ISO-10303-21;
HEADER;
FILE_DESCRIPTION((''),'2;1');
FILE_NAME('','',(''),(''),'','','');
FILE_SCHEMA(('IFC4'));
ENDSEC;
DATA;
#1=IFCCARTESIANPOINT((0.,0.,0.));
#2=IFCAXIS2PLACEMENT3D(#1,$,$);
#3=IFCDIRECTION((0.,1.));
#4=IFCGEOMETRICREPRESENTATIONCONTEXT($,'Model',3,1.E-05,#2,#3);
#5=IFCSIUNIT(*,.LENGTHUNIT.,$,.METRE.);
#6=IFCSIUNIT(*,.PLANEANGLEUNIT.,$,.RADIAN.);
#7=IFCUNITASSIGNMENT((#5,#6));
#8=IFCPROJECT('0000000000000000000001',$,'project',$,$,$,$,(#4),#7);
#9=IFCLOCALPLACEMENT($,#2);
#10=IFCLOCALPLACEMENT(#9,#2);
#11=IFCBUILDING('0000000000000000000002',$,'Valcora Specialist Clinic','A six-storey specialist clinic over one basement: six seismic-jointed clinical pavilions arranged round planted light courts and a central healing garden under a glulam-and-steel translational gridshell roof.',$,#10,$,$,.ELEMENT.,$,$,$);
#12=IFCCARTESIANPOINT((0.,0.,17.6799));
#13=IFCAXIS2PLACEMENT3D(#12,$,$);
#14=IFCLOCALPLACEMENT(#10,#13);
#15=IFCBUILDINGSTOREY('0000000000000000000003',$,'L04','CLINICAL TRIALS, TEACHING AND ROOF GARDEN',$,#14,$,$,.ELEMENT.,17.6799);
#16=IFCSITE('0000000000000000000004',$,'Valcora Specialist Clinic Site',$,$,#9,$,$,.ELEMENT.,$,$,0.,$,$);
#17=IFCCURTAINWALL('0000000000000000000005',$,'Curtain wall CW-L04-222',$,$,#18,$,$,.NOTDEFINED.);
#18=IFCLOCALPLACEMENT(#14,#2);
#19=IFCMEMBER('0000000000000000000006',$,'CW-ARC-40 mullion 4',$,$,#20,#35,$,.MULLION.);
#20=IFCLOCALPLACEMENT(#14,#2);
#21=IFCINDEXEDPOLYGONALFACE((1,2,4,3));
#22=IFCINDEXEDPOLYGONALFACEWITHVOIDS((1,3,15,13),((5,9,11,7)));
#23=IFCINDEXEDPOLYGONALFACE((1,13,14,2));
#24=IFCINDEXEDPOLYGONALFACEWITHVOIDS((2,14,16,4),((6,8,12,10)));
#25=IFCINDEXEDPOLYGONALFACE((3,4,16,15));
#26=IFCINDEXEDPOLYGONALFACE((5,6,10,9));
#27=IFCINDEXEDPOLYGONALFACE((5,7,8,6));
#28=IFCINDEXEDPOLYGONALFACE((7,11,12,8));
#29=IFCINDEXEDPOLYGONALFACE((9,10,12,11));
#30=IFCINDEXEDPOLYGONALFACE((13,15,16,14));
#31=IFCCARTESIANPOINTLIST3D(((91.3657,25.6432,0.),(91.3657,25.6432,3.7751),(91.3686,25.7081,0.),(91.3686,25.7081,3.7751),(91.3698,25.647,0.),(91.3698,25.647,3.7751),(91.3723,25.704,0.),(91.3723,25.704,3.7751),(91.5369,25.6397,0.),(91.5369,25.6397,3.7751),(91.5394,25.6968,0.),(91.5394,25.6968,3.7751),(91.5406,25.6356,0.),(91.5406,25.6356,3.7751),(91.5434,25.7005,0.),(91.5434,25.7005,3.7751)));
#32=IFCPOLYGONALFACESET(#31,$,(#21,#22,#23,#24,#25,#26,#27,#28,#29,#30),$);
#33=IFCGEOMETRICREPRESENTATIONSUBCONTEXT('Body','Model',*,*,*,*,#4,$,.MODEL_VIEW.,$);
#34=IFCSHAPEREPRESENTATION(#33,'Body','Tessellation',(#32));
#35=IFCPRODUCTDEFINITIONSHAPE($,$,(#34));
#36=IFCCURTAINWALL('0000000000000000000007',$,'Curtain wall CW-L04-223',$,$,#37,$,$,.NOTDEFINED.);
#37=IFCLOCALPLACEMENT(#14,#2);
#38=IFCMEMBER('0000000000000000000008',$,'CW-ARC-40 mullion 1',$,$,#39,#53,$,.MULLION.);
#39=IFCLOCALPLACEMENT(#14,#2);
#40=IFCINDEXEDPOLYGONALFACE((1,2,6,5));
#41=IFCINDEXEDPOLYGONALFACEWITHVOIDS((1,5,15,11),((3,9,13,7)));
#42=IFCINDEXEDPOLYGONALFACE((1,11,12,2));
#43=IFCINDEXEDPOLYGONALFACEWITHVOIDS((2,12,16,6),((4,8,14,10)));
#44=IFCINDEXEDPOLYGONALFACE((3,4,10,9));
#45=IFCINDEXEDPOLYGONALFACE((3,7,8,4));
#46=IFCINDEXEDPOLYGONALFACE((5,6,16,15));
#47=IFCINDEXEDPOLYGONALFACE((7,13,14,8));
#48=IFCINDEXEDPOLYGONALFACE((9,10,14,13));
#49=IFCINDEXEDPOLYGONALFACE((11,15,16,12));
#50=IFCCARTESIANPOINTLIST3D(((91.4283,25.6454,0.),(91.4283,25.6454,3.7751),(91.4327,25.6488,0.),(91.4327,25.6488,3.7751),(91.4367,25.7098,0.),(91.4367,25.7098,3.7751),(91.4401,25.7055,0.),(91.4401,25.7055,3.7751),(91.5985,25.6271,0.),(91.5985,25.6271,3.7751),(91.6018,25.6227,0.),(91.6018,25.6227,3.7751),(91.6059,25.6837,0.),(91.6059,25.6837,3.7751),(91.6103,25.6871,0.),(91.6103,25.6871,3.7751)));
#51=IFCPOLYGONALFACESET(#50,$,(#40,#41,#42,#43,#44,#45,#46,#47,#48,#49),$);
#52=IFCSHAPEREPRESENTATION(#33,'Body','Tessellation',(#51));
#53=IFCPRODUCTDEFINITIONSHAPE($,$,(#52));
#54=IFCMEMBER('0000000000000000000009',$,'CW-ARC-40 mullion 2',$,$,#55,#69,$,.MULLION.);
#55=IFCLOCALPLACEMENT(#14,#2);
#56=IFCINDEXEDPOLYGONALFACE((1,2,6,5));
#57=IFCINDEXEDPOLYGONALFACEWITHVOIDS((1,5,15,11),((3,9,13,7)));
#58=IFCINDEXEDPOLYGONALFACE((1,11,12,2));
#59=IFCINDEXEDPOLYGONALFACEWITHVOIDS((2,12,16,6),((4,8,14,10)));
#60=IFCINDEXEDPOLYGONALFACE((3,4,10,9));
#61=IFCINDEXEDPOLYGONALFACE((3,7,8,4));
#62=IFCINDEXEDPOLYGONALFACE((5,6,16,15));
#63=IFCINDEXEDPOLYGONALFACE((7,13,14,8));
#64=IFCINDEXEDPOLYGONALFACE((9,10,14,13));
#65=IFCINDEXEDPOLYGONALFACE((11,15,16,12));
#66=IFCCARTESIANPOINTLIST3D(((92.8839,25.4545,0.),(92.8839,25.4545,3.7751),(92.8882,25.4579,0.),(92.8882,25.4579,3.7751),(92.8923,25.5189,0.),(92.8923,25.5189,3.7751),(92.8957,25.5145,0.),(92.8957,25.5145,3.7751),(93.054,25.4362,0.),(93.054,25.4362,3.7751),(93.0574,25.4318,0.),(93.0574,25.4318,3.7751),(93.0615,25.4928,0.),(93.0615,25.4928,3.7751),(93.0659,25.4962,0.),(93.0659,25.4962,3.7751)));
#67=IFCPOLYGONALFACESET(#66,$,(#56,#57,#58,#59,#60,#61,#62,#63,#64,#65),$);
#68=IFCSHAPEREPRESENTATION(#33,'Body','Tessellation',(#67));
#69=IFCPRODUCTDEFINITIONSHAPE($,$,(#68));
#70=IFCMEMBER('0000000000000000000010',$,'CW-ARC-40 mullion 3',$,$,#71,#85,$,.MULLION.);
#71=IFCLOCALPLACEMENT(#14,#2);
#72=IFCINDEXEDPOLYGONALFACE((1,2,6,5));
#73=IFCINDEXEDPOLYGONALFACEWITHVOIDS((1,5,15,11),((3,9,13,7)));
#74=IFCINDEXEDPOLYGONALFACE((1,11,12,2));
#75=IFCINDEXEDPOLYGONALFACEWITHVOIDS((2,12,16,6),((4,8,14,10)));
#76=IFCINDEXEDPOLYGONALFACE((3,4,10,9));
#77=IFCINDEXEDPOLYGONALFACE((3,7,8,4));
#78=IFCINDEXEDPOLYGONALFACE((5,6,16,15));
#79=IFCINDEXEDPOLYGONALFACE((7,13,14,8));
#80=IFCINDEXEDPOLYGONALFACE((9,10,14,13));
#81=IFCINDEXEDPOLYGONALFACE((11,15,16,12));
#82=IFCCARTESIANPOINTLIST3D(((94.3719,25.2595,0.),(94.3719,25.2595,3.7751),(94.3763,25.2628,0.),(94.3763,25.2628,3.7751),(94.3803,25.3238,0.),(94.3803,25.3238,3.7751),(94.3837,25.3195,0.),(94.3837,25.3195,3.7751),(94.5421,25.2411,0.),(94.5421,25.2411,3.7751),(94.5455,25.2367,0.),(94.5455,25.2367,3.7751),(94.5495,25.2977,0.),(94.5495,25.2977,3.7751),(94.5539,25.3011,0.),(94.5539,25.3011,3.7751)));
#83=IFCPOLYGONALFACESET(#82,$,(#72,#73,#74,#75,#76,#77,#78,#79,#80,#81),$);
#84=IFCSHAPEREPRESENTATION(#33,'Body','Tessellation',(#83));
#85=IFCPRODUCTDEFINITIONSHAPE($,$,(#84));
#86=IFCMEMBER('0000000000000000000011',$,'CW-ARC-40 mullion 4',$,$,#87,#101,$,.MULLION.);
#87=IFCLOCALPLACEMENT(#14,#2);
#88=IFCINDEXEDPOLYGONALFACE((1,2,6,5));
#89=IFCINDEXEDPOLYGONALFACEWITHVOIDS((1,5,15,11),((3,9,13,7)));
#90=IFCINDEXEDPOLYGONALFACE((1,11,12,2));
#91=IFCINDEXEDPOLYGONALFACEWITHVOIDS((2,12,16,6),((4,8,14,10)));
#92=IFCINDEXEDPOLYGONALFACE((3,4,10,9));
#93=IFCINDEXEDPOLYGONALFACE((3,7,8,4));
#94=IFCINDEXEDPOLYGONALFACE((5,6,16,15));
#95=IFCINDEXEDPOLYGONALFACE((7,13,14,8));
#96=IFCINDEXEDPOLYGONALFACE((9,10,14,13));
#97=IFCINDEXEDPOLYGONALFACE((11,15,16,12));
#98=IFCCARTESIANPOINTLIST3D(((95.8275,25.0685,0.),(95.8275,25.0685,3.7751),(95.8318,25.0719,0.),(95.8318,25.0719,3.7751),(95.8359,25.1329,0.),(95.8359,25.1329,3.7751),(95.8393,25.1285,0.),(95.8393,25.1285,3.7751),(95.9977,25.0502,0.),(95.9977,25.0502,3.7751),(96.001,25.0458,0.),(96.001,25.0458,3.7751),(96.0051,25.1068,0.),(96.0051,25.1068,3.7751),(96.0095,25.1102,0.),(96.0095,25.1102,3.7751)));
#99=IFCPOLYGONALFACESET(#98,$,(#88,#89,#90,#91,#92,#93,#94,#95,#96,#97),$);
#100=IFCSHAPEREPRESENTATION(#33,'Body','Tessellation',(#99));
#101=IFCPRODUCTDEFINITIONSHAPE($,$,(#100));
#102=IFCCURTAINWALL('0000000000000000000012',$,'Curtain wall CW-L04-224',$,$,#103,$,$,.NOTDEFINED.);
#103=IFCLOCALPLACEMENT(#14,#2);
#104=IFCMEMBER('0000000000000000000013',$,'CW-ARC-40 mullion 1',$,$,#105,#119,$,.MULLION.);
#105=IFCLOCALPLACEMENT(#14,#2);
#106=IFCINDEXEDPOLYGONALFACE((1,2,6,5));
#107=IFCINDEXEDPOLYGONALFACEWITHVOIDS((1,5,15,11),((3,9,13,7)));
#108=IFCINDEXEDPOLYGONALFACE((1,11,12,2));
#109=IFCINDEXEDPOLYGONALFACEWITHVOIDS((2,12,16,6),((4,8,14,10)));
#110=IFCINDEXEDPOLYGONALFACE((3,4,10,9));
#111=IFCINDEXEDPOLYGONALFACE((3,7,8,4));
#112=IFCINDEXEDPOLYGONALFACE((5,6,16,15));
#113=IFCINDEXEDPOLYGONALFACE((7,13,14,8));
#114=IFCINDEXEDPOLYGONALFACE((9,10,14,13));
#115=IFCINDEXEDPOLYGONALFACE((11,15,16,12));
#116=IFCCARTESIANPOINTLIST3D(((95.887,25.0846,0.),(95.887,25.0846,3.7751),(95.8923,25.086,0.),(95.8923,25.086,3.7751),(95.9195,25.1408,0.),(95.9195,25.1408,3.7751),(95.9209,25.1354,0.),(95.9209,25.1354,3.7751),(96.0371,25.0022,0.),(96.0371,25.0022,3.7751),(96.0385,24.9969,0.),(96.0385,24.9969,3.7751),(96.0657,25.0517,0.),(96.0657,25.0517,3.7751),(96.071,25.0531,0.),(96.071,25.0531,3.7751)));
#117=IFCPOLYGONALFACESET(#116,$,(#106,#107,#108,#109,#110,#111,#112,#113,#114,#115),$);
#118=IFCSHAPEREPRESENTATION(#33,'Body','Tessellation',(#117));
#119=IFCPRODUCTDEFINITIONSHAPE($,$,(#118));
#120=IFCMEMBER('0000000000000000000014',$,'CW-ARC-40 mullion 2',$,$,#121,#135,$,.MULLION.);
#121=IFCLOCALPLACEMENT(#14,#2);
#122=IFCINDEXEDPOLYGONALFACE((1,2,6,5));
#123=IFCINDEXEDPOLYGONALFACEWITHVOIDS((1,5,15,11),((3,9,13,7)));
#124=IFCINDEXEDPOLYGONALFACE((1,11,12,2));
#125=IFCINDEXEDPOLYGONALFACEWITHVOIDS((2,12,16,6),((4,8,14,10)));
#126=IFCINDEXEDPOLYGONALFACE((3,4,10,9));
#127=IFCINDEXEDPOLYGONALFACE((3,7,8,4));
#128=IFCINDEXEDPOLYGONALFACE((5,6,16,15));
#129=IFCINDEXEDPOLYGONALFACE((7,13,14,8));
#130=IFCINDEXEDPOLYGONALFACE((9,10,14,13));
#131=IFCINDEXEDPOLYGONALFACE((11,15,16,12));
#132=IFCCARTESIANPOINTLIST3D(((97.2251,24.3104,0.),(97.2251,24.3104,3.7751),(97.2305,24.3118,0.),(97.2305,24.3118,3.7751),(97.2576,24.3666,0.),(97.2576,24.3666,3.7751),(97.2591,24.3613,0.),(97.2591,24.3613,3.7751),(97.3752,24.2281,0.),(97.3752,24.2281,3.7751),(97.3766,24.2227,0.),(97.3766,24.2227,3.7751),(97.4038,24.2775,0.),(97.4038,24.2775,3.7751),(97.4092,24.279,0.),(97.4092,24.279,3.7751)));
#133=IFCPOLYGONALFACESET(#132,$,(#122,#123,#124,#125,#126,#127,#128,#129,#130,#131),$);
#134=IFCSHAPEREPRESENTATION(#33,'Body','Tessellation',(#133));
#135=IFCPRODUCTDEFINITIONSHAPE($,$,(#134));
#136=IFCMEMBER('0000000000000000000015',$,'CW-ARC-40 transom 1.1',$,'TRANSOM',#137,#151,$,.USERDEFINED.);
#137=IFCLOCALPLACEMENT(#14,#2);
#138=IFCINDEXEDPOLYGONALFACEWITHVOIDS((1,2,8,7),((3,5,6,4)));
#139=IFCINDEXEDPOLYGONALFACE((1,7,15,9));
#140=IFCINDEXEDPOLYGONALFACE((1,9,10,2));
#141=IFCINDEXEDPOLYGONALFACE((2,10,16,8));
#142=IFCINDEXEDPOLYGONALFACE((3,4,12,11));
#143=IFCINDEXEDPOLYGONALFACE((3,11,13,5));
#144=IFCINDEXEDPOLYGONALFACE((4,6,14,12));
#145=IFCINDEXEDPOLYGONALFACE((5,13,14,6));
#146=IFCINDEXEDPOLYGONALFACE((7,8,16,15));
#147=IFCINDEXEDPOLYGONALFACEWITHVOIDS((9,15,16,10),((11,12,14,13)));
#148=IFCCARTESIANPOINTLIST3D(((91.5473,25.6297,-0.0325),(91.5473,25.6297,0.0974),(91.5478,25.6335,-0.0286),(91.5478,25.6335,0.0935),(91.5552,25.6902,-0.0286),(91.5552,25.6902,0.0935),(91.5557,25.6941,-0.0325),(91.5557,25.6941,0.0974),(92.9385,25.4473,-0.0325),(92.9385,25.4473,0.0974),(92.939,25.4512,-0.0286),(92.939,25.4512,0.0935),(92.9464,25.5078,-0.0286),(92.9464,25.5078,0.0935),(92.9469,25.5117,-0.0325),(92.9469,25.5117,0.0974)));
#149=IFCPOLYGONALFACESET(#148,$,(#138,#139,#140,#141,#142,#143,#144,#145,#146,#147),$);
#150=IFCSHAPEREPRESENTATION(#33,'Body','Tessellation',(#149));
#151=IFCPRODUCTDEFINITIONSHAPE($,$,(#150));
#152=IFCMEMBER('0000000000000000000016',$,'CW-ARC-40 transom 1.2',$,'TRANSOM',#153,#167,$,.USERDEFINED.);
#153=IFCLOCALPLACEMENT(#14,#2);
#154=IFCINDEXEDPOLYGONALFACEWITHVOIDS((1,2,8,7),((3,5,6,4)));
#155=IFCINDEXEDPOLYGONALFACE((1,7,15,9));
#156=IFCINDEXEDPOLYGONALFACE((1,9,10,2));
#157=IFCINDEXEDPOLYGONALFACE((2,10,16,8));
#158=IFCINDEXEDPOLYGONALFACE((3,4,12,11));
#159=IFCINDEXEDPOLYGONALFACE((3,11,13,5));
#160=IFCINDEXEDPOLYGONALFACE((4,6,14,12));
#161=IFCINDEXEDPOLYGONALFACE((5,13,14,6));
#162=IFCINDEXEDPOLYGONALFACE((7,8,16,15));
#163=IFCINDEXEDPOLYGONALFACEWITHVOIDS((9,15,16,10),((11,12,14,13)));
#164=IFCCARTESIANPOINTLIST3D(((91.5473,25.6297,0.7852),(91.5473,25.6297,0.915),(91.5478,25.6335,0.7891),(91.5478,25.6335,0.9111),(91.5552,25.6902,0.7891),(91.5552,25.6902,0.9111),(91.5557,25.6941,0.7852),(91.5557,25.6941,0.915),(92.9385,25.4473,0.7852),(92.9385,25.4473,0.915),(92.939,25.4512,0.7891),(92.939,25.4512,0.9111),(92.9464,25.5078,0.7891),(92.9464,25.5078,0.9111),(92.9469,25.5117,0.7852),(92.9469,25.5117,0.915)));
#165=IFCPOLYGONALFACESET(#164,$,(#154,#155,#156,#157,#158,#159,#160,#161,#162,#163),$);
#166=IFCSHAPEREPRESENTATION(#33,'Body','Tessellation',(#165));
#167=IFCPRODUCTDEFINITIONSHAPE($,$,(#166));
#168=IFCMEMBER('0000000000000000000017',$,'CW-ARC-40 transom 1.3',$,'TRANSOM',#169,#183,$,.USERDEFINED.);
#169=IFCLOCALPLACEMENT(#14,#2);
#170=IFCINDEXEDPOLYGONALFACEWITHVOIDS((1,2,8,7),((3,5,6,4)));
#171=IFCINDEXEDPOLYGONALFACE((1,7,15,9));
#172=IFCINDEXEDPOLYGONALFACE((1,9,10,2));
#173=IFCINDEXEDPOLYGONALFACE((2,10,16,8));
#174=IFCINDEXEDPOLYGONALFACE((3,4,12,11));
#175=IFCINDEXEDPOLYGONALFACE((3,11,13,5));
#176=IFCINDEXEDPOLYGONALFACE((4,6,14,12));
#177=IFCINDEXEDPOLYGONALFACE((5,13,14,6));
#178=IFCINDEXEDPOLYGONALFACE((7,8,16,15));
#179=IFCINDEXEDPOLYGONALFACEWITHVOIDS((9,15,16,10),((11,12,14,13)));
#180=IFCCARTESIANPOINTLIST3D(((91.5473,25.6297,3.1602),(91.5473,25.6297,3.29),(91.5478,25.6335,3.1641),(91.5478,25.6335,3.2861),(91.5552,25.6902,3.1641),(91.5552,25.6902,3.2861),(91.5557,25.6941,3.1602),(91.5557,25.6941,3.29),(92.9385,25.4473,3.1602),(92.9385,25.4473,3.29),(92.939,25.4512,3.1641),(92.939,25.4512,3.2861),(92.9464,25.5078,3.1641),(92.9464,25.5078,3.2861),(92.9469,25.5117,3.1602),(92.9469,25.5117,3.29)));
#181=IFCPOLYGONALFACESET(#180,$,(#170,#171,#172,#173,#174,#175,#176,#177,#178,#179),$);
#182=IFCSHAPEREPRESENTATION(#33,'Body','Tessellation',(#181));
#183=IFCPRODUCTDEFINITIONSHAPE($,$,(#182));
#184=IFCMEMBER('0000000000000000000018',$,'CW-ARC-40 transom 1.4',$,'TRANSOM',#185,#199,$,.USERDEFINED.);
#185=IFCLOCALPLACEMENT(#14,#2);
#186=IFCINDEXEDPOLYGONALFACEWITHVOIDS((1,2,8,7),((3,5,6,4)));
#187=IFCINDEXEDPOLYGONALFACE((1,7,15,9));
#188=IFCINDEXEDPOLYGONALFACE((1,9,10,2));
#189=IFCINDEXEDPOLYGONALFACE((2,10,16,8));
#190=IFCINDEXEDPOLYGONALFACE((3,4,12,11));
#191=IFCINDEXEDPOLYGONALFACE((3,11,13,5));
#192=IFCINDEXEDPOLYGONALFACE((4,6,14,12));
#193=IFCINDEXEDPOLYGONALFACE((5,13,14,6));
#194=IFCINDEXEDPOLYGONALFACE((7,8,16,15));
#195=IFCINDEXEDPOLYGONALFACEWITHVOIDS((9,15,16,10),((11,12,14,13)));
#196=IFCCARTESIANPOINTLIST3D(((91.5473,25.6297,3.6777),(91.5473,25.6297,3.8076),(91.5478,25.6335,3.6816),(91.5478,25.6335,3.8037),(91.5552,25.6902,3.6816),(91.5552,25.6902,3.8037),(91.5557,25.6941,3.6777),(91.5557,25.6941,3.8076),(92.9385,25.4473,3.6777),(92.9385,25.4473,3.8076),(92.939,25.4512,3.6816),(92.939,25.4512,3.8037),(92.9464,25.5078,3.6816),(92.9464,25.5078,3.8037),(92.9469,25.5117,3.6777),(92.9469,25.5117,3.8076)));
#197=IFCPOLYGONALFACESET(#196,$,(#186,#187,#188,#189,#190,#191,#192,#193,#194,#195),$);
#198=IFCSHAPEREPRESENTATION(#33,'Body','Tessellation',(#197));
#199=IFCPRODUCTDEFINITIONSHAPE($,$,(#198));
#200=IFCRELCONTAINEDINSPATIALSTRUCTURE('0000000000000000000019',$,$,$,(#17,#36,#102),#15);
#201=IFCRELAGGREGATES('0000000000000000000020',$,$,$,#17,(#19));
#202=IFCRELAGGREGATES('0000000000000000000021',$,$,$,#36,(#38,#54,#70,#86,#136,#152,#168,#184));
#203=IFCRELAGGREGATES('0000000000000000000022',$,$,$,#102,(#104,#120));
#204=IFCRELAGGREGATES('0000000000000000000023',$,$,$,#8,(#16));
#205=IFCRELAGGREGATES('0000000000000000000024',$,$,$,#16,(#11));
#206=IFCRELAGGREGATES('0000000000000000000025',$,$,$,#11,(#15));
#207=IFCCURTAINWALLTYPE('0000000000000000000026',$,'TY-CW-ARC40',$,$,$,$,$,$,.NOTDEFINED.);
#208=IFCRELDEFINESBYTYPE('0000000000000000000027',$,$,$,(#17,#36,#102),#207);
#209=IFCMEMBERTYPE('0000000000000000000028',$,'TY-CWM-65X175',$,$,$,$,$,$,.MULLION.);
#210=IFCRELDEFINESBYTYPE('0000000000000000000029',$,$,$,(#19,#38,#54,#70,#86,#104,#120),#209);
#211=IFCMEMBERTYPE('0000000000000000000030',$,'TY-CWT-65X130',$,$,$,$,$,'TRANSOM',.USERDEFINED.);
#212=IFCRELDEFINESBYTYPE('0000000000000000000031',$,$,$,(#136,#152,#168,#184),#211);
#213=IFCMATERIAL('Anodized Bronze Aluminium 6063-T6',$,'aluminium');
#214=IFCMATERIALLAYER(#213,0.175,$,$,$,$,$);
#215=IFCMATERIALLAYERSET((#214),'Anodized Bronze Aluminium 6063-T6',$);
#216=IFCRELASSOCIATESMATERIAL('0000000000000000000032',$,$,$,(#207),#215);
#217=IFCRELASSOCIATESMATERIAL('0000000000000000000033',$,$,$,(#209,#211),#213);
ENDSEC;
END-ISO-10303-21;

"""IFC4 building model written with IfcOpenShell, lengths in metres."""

from ifc_helpers import new_model, si_unit, direction, frame, origin, origin_2d, place, context, subcontext, project, spatial, hollow_rectangle, extrude, material, layer, layer_set, material_profile, profile_set, type_object, element, aggregate, save


model = new_model("IFC4")

# Units and contexts
model_context = context("Model", 3, precision=1e-05, world=origin(), true_north=direction((0.0, 1.0)))
body_context = subcontext(model_context, "Body", "Model", "MODEL_VIEW")
ifc_project = project(units=[si_unit("LENGTHUNIT", "METRE"), si_unit("PLANEANGLEUNIT", "RADIAN")], contexts=[model_context])

# Site, building, storey
site_placement = place(None, origin())
site = spatial("IfcSite", under=ifc_project, at=site_placement, Name="Valcora Specialist Clinic Site", CompositionType="ELEMENT", RefElevation=0.0)
building_placement = place(site_placement, origin())
building = spatial("IfcBuilding", under=site, at=building_placement, Name="Valcora Specialist Clinic", Description="A six-storey specialist clinic over one basement: six seismic-jointed clinical pavilions arranged round planted light courts and a central healing garden under a glulam-and-steel translational gridshell roof.", CompositionType="ELEMENT")
storey_placement = place(building_placement, frame((0.0, 0.0, 17.6799)))
storey = spatial("IfcBuildingStorey", under=building, at=storey_placement, Name="L04", Description="CLINICAL TRIALS, TEACHING AND ROOF GARDEN", CompositionType="ELEMENT", Elevation=17.6799)

# Curtain wall, member
ifc_material_1 = material(Name="Anodized Bronze Aluminium 6063-T6", Category="aluminium")
ifc_layer_1 = layer(ifc_material_1, 0.175)
ifc_layer_set_1 = layer_set([ifc_layer_1], Name="Anodized Bronze Aluminium 6063-T6")
curtain_wall_type = type_object("IfcCurtainWallType", Name="TY-CW-ARC40", PredefinedType="NOTDEFINED", material=ifc_layer_set_1)
curtain_wall_1_placement = place(storey_placement, origin())
curtain_wall_1 = element("IfcCurtainWall", 1, at=curtain_wall_1_placement, inside=storey, type_object=curtain_wall_type, Name="Curtain wall CW-L04-222", PredefinedType="NOTDEFINED")
ifc_material_profile_1 = material_profile(ifc_material_1, hollow_rectangle(XDim=0.0649, YDim=0.175, WallThickness=0.0039, at=origin_2d()), Name="AL-MUL-65X175")
ifc_profile_set_1 = profile_set([ifc_material_profile_1], Name="Anodized Bronze Aluminium 6063-T6")
member_type_1 = type_object("IfcMemberType", Name="TY-CWM-65X175", PredefinedType="MULLION", material=ifc_profile_set_1)
member_1_placement = place(storey_placement, frame((91.4546, 25.6719, 0.0), z_axis=(0.0, 0.0, 1.0), x_axis=(0.043307, 0.999062, 0.0)))
member_1 = element("IfcMember", 2, at=member_1_placement, type_object=member_type_1, Name="CW-ARC-40 mullion 4", PredefinedType="MULLION", context=body_context, shape_type="SweptSolid", body=[
    extrude(hollow_rectangle(XDim=0.0649, YDim=0.175, WallThickness=0.0039, at=origin_2d()), origin(), (0.0, 0.0, 1.0), 3.7751),
])

# Curtain walls, members
curtain_wall_2_placement = place(storey_placement, origin())
curtain_wall_2 = element("IfcCurtainWall", 3, at=curtain_wall_2_placement, inside=storey, type_object=curtain_wall_type, Name="Curtain wall CW-L04-223", PredefinedType="NOTDEFINED")
member_2_placement = place(storey_placement, frame((91.5193, 25.6663, 0.0), z_axis=(0.0, 0.0, 1.0), x_axis=(0.129987, 0.991516, 0.0)))
member_2 = element("IfcMember", 4, at=member_2_placement, type_object=member_type_1, Name="CW-ARC-40 mullion 1", PredefinedType="MULLION", context=body_context, shape_type="SweptSolid", body=[
    extrude(hollow_rectangle(XDim=0.0649, YDim=0.175, WallThickness=0.0039, at=origin_2d()), origin(), (0.0, 0.0, 1.0), 3.7751),
])
member_3_placement = place(storey_placement, frame((92.9749, 25.4753, 0.0), z_axis=(0.0, 0.0, 1.0), x_axis=(0.129987, 0.991516, 0.0)))
member_3 = element("IfcMember", 5, at=member_3_placement, type_object=member_type_1, Name="CW-ARC-40 mullion 2", PredefinedType="MULLION", context=body_context, shape_type="SweptSolid", body=[
    extrude(hollow_rectangle(XDim=0.0649, YDim=0.175, WallThickness=0.0039, at=origin_2d()), origin(), (0.0, 0.0, 1.0), 3.7751),
])
member_4_placement = place(storey_placement, frame((94.4629, 25.2803, 0.0), z_axis=(0.0, 0.0, 1.0), x_axis=(0.129987, 0.991516, 0.0)))
member_4 = element("IfcMember", 6, at=member_4_placement, type_object=member_type_1, Name="CW-ARC-40 mullion 3", PredefinedType="MULLION", context=body_context, shape_type="SweptSolid", body=[
    extrude(hollow_rectangle(XDim=0.0649, YDim=0.175, WallThickness=0.0039, at=origin_2d()), origin(), (0.0, 0.0, 1.0), 3.7751),
])
member_5_placement = place(storey_placement, frame((95.9185, 25.0894, 0.0), z_axis=(0.0, 0.0, 1.0), x_axis=(0.129987, 0.991516, 0.0)))
member_5 = element("IfcMember", 7, at=member_5_placement, type_object=member_type_1, Name="CW-ARC-40 mullion 4", PredefinedType="MULLION", context=body_context, shape_type="SweptSolid", body=[
    extrude(hollow_rectangle(XDim=0.0649, YDim=0.175, WallThickness=0.0039, at=origin_2d()), origin(), (0.0, 0.0, 1.0), 3.7751),
])
curtain_wall_3_placement = place(storey_placement, origin())
curtain_wall_3 = element("IfcCurtainWall", 8, at=curtain_wall_3_placement, inside=storey, type_object=curtain_wall_type, Name="Curtain wall CW-L04-224", PredefinedType="NOTDEFINED")
member_6_placement = place(storey_placement, frame((95.979, 25.0688, 0.0), z_axis=(0.0, 0.0, 1.0), x_axis=(0.500796, 0.865566, 0.0)))
member_6 = element("IfcMember", 9, at=member_6_placement, type_object=member_type_1, Name="CW-ARC-40 mullion 1", PredefinedType="MULLION", context=body_context, shape_type="SweptSolid", body=[
    extrude(hollow_rectangle(XDim=0.0649, YDim=0.175, WallThickness=0.0039, at=origin_2d()), origin(), (0.0, 0.0, 1.0), 3.7751),
])
member_7_placement = place(storey_placement, frame((97.3171, 24.2947, 0.0), z_axis=(0.0, 0.0, 1.0), x_axis=(0.500796, 0.865566, 0.0)))
member_7 = element("IfcMember", 10, at=member_7_placement, type_object=member_type_1, Name="CW-ARC-40 mullion 2", PredefinedType="MULLION", context=body_context, shape_type="SweptSolid", body=[
    extrude(hollow_rectangle(XDim=0.0649, YDim=0.175, WallThickness=0.0039, at=origin_2d()), origin(), (0.0, 0.0, 1.0), 3.7751),
])

# Members
ifc_material_profile_2 = material_profile(ifc_material_1, hollow_rectangle(XDim=0.0649, YDim=0.1299, WallThickness=0.0039, at=origin_2d()), Name="AL-TRN-65X130")
ifc_profile_set_2 = profile_set([ifc_material_profile_2], Name="Anodized Bronze Aluminium 6063-T6")
member_type_2 = type_object("IfcMemberType", Name="TY-CWT-65X130", ElementType="TRANSOM", PredefinedType="USERDEFINED", material=ifc_profile_set_2)
member_8_placement = place(storey_placement, frame((91.5515, 25.6619, 0.0325), z_axis=(0.991516, -0.129986, 0.0), x_axis=(0.129986, 0.991516, 0.0)))
member_8 = element("IfcMember", 11, at=member_8_placement, type_object=member_type_2, Name="CW-ARC-40 transom 1.1", ObjectType="TRANSOM", PredefinedType="USERDEFINED", context=body_context, shape_type="SweptSolid", body=[
    extrude(hollow_rectangle(XDim=0.0649, YDim=0.1299, WallThickness=0.0039, at=origin_2d()), origin(), (0.0, 0.0, 1.0), 1.4031),
])
member_9_placement = place(storey_placement, frame((91.5515, 25.6619, 0.8501), z_axis=(0.991516, -0.129986, 0.0), x_axis=(0.129986, 0.991516, 0.0)))
member_9 = element("IfcMember", 12, at=member_9_placement, type_object=member_type_2, Name="CW-ARC-40 transom 1.2", ObjectType="TRANSOM", PredefinedType="USERDEFINED", context=body_context, shape_type="SweptSolid", body=[
    extrude(hollow_rectangle(XDim=0.0649, YDim=0.1299, WallThickness=0.0039, at=origin_2d()), origin(), (0.0, 0.0, 1.0), 1.4031),
])
member_10_placement = place(storey_placement, frame((91.5515, 25.6619, 3.2251), z_axis=(0.991516, -0.129986, 0.0), x_axis=(0.129986, 0.991516, 0.0)))
member_10 = element("IfcMember", 13, at=member_10_placement, type_object=member_type_2, Name="CW-ARC-40 transom 1.3", ObjectType="TRANSOM", PredefinedType="USERDEFINED", context=body_context, shape_type="SweptSolid", body=[
    extrude(hollow_rectangle(XDim=0.0649, YDim=0.1299, WallThickness=0.0039, at=origin_2d()), origin(), (0.0, 0.0, 1.0), 1.4031),
])
member_11_placement = place(storey_placement, frame((91.5515, 25.6619, 3.7427), z_axis=(0.991516, -0.129986, 0.0), x_axis=(0.129986, 0.991516, 0.0)))
member_11 = element("IfcMember", 14, at=member_11_placement, type_object=member_type_2, Name="CW-ARC-40 transom 1.4", ObjectType="TRANSOM", PredefinedType="USERDEFINED", context=body_context, shape_type="SweptSolid", body=[
    extrude(hollow_rectangle(XDim=0.0649, YDim=0.1299, WallThickness=0.0039, at=origin_2d()), origin(), (0.0, 0.0, 1.0), 1.4031),
])

aggregate(curtain_wall_1, [member_1])
aggregate(curtain_wall_2, [member_2, member_3, member_4, member_5, member_8, member_9, member_10, member_11])
aggregate(curtain_wall_3, [member_6, member_7])

save(model, "model.ifc")
